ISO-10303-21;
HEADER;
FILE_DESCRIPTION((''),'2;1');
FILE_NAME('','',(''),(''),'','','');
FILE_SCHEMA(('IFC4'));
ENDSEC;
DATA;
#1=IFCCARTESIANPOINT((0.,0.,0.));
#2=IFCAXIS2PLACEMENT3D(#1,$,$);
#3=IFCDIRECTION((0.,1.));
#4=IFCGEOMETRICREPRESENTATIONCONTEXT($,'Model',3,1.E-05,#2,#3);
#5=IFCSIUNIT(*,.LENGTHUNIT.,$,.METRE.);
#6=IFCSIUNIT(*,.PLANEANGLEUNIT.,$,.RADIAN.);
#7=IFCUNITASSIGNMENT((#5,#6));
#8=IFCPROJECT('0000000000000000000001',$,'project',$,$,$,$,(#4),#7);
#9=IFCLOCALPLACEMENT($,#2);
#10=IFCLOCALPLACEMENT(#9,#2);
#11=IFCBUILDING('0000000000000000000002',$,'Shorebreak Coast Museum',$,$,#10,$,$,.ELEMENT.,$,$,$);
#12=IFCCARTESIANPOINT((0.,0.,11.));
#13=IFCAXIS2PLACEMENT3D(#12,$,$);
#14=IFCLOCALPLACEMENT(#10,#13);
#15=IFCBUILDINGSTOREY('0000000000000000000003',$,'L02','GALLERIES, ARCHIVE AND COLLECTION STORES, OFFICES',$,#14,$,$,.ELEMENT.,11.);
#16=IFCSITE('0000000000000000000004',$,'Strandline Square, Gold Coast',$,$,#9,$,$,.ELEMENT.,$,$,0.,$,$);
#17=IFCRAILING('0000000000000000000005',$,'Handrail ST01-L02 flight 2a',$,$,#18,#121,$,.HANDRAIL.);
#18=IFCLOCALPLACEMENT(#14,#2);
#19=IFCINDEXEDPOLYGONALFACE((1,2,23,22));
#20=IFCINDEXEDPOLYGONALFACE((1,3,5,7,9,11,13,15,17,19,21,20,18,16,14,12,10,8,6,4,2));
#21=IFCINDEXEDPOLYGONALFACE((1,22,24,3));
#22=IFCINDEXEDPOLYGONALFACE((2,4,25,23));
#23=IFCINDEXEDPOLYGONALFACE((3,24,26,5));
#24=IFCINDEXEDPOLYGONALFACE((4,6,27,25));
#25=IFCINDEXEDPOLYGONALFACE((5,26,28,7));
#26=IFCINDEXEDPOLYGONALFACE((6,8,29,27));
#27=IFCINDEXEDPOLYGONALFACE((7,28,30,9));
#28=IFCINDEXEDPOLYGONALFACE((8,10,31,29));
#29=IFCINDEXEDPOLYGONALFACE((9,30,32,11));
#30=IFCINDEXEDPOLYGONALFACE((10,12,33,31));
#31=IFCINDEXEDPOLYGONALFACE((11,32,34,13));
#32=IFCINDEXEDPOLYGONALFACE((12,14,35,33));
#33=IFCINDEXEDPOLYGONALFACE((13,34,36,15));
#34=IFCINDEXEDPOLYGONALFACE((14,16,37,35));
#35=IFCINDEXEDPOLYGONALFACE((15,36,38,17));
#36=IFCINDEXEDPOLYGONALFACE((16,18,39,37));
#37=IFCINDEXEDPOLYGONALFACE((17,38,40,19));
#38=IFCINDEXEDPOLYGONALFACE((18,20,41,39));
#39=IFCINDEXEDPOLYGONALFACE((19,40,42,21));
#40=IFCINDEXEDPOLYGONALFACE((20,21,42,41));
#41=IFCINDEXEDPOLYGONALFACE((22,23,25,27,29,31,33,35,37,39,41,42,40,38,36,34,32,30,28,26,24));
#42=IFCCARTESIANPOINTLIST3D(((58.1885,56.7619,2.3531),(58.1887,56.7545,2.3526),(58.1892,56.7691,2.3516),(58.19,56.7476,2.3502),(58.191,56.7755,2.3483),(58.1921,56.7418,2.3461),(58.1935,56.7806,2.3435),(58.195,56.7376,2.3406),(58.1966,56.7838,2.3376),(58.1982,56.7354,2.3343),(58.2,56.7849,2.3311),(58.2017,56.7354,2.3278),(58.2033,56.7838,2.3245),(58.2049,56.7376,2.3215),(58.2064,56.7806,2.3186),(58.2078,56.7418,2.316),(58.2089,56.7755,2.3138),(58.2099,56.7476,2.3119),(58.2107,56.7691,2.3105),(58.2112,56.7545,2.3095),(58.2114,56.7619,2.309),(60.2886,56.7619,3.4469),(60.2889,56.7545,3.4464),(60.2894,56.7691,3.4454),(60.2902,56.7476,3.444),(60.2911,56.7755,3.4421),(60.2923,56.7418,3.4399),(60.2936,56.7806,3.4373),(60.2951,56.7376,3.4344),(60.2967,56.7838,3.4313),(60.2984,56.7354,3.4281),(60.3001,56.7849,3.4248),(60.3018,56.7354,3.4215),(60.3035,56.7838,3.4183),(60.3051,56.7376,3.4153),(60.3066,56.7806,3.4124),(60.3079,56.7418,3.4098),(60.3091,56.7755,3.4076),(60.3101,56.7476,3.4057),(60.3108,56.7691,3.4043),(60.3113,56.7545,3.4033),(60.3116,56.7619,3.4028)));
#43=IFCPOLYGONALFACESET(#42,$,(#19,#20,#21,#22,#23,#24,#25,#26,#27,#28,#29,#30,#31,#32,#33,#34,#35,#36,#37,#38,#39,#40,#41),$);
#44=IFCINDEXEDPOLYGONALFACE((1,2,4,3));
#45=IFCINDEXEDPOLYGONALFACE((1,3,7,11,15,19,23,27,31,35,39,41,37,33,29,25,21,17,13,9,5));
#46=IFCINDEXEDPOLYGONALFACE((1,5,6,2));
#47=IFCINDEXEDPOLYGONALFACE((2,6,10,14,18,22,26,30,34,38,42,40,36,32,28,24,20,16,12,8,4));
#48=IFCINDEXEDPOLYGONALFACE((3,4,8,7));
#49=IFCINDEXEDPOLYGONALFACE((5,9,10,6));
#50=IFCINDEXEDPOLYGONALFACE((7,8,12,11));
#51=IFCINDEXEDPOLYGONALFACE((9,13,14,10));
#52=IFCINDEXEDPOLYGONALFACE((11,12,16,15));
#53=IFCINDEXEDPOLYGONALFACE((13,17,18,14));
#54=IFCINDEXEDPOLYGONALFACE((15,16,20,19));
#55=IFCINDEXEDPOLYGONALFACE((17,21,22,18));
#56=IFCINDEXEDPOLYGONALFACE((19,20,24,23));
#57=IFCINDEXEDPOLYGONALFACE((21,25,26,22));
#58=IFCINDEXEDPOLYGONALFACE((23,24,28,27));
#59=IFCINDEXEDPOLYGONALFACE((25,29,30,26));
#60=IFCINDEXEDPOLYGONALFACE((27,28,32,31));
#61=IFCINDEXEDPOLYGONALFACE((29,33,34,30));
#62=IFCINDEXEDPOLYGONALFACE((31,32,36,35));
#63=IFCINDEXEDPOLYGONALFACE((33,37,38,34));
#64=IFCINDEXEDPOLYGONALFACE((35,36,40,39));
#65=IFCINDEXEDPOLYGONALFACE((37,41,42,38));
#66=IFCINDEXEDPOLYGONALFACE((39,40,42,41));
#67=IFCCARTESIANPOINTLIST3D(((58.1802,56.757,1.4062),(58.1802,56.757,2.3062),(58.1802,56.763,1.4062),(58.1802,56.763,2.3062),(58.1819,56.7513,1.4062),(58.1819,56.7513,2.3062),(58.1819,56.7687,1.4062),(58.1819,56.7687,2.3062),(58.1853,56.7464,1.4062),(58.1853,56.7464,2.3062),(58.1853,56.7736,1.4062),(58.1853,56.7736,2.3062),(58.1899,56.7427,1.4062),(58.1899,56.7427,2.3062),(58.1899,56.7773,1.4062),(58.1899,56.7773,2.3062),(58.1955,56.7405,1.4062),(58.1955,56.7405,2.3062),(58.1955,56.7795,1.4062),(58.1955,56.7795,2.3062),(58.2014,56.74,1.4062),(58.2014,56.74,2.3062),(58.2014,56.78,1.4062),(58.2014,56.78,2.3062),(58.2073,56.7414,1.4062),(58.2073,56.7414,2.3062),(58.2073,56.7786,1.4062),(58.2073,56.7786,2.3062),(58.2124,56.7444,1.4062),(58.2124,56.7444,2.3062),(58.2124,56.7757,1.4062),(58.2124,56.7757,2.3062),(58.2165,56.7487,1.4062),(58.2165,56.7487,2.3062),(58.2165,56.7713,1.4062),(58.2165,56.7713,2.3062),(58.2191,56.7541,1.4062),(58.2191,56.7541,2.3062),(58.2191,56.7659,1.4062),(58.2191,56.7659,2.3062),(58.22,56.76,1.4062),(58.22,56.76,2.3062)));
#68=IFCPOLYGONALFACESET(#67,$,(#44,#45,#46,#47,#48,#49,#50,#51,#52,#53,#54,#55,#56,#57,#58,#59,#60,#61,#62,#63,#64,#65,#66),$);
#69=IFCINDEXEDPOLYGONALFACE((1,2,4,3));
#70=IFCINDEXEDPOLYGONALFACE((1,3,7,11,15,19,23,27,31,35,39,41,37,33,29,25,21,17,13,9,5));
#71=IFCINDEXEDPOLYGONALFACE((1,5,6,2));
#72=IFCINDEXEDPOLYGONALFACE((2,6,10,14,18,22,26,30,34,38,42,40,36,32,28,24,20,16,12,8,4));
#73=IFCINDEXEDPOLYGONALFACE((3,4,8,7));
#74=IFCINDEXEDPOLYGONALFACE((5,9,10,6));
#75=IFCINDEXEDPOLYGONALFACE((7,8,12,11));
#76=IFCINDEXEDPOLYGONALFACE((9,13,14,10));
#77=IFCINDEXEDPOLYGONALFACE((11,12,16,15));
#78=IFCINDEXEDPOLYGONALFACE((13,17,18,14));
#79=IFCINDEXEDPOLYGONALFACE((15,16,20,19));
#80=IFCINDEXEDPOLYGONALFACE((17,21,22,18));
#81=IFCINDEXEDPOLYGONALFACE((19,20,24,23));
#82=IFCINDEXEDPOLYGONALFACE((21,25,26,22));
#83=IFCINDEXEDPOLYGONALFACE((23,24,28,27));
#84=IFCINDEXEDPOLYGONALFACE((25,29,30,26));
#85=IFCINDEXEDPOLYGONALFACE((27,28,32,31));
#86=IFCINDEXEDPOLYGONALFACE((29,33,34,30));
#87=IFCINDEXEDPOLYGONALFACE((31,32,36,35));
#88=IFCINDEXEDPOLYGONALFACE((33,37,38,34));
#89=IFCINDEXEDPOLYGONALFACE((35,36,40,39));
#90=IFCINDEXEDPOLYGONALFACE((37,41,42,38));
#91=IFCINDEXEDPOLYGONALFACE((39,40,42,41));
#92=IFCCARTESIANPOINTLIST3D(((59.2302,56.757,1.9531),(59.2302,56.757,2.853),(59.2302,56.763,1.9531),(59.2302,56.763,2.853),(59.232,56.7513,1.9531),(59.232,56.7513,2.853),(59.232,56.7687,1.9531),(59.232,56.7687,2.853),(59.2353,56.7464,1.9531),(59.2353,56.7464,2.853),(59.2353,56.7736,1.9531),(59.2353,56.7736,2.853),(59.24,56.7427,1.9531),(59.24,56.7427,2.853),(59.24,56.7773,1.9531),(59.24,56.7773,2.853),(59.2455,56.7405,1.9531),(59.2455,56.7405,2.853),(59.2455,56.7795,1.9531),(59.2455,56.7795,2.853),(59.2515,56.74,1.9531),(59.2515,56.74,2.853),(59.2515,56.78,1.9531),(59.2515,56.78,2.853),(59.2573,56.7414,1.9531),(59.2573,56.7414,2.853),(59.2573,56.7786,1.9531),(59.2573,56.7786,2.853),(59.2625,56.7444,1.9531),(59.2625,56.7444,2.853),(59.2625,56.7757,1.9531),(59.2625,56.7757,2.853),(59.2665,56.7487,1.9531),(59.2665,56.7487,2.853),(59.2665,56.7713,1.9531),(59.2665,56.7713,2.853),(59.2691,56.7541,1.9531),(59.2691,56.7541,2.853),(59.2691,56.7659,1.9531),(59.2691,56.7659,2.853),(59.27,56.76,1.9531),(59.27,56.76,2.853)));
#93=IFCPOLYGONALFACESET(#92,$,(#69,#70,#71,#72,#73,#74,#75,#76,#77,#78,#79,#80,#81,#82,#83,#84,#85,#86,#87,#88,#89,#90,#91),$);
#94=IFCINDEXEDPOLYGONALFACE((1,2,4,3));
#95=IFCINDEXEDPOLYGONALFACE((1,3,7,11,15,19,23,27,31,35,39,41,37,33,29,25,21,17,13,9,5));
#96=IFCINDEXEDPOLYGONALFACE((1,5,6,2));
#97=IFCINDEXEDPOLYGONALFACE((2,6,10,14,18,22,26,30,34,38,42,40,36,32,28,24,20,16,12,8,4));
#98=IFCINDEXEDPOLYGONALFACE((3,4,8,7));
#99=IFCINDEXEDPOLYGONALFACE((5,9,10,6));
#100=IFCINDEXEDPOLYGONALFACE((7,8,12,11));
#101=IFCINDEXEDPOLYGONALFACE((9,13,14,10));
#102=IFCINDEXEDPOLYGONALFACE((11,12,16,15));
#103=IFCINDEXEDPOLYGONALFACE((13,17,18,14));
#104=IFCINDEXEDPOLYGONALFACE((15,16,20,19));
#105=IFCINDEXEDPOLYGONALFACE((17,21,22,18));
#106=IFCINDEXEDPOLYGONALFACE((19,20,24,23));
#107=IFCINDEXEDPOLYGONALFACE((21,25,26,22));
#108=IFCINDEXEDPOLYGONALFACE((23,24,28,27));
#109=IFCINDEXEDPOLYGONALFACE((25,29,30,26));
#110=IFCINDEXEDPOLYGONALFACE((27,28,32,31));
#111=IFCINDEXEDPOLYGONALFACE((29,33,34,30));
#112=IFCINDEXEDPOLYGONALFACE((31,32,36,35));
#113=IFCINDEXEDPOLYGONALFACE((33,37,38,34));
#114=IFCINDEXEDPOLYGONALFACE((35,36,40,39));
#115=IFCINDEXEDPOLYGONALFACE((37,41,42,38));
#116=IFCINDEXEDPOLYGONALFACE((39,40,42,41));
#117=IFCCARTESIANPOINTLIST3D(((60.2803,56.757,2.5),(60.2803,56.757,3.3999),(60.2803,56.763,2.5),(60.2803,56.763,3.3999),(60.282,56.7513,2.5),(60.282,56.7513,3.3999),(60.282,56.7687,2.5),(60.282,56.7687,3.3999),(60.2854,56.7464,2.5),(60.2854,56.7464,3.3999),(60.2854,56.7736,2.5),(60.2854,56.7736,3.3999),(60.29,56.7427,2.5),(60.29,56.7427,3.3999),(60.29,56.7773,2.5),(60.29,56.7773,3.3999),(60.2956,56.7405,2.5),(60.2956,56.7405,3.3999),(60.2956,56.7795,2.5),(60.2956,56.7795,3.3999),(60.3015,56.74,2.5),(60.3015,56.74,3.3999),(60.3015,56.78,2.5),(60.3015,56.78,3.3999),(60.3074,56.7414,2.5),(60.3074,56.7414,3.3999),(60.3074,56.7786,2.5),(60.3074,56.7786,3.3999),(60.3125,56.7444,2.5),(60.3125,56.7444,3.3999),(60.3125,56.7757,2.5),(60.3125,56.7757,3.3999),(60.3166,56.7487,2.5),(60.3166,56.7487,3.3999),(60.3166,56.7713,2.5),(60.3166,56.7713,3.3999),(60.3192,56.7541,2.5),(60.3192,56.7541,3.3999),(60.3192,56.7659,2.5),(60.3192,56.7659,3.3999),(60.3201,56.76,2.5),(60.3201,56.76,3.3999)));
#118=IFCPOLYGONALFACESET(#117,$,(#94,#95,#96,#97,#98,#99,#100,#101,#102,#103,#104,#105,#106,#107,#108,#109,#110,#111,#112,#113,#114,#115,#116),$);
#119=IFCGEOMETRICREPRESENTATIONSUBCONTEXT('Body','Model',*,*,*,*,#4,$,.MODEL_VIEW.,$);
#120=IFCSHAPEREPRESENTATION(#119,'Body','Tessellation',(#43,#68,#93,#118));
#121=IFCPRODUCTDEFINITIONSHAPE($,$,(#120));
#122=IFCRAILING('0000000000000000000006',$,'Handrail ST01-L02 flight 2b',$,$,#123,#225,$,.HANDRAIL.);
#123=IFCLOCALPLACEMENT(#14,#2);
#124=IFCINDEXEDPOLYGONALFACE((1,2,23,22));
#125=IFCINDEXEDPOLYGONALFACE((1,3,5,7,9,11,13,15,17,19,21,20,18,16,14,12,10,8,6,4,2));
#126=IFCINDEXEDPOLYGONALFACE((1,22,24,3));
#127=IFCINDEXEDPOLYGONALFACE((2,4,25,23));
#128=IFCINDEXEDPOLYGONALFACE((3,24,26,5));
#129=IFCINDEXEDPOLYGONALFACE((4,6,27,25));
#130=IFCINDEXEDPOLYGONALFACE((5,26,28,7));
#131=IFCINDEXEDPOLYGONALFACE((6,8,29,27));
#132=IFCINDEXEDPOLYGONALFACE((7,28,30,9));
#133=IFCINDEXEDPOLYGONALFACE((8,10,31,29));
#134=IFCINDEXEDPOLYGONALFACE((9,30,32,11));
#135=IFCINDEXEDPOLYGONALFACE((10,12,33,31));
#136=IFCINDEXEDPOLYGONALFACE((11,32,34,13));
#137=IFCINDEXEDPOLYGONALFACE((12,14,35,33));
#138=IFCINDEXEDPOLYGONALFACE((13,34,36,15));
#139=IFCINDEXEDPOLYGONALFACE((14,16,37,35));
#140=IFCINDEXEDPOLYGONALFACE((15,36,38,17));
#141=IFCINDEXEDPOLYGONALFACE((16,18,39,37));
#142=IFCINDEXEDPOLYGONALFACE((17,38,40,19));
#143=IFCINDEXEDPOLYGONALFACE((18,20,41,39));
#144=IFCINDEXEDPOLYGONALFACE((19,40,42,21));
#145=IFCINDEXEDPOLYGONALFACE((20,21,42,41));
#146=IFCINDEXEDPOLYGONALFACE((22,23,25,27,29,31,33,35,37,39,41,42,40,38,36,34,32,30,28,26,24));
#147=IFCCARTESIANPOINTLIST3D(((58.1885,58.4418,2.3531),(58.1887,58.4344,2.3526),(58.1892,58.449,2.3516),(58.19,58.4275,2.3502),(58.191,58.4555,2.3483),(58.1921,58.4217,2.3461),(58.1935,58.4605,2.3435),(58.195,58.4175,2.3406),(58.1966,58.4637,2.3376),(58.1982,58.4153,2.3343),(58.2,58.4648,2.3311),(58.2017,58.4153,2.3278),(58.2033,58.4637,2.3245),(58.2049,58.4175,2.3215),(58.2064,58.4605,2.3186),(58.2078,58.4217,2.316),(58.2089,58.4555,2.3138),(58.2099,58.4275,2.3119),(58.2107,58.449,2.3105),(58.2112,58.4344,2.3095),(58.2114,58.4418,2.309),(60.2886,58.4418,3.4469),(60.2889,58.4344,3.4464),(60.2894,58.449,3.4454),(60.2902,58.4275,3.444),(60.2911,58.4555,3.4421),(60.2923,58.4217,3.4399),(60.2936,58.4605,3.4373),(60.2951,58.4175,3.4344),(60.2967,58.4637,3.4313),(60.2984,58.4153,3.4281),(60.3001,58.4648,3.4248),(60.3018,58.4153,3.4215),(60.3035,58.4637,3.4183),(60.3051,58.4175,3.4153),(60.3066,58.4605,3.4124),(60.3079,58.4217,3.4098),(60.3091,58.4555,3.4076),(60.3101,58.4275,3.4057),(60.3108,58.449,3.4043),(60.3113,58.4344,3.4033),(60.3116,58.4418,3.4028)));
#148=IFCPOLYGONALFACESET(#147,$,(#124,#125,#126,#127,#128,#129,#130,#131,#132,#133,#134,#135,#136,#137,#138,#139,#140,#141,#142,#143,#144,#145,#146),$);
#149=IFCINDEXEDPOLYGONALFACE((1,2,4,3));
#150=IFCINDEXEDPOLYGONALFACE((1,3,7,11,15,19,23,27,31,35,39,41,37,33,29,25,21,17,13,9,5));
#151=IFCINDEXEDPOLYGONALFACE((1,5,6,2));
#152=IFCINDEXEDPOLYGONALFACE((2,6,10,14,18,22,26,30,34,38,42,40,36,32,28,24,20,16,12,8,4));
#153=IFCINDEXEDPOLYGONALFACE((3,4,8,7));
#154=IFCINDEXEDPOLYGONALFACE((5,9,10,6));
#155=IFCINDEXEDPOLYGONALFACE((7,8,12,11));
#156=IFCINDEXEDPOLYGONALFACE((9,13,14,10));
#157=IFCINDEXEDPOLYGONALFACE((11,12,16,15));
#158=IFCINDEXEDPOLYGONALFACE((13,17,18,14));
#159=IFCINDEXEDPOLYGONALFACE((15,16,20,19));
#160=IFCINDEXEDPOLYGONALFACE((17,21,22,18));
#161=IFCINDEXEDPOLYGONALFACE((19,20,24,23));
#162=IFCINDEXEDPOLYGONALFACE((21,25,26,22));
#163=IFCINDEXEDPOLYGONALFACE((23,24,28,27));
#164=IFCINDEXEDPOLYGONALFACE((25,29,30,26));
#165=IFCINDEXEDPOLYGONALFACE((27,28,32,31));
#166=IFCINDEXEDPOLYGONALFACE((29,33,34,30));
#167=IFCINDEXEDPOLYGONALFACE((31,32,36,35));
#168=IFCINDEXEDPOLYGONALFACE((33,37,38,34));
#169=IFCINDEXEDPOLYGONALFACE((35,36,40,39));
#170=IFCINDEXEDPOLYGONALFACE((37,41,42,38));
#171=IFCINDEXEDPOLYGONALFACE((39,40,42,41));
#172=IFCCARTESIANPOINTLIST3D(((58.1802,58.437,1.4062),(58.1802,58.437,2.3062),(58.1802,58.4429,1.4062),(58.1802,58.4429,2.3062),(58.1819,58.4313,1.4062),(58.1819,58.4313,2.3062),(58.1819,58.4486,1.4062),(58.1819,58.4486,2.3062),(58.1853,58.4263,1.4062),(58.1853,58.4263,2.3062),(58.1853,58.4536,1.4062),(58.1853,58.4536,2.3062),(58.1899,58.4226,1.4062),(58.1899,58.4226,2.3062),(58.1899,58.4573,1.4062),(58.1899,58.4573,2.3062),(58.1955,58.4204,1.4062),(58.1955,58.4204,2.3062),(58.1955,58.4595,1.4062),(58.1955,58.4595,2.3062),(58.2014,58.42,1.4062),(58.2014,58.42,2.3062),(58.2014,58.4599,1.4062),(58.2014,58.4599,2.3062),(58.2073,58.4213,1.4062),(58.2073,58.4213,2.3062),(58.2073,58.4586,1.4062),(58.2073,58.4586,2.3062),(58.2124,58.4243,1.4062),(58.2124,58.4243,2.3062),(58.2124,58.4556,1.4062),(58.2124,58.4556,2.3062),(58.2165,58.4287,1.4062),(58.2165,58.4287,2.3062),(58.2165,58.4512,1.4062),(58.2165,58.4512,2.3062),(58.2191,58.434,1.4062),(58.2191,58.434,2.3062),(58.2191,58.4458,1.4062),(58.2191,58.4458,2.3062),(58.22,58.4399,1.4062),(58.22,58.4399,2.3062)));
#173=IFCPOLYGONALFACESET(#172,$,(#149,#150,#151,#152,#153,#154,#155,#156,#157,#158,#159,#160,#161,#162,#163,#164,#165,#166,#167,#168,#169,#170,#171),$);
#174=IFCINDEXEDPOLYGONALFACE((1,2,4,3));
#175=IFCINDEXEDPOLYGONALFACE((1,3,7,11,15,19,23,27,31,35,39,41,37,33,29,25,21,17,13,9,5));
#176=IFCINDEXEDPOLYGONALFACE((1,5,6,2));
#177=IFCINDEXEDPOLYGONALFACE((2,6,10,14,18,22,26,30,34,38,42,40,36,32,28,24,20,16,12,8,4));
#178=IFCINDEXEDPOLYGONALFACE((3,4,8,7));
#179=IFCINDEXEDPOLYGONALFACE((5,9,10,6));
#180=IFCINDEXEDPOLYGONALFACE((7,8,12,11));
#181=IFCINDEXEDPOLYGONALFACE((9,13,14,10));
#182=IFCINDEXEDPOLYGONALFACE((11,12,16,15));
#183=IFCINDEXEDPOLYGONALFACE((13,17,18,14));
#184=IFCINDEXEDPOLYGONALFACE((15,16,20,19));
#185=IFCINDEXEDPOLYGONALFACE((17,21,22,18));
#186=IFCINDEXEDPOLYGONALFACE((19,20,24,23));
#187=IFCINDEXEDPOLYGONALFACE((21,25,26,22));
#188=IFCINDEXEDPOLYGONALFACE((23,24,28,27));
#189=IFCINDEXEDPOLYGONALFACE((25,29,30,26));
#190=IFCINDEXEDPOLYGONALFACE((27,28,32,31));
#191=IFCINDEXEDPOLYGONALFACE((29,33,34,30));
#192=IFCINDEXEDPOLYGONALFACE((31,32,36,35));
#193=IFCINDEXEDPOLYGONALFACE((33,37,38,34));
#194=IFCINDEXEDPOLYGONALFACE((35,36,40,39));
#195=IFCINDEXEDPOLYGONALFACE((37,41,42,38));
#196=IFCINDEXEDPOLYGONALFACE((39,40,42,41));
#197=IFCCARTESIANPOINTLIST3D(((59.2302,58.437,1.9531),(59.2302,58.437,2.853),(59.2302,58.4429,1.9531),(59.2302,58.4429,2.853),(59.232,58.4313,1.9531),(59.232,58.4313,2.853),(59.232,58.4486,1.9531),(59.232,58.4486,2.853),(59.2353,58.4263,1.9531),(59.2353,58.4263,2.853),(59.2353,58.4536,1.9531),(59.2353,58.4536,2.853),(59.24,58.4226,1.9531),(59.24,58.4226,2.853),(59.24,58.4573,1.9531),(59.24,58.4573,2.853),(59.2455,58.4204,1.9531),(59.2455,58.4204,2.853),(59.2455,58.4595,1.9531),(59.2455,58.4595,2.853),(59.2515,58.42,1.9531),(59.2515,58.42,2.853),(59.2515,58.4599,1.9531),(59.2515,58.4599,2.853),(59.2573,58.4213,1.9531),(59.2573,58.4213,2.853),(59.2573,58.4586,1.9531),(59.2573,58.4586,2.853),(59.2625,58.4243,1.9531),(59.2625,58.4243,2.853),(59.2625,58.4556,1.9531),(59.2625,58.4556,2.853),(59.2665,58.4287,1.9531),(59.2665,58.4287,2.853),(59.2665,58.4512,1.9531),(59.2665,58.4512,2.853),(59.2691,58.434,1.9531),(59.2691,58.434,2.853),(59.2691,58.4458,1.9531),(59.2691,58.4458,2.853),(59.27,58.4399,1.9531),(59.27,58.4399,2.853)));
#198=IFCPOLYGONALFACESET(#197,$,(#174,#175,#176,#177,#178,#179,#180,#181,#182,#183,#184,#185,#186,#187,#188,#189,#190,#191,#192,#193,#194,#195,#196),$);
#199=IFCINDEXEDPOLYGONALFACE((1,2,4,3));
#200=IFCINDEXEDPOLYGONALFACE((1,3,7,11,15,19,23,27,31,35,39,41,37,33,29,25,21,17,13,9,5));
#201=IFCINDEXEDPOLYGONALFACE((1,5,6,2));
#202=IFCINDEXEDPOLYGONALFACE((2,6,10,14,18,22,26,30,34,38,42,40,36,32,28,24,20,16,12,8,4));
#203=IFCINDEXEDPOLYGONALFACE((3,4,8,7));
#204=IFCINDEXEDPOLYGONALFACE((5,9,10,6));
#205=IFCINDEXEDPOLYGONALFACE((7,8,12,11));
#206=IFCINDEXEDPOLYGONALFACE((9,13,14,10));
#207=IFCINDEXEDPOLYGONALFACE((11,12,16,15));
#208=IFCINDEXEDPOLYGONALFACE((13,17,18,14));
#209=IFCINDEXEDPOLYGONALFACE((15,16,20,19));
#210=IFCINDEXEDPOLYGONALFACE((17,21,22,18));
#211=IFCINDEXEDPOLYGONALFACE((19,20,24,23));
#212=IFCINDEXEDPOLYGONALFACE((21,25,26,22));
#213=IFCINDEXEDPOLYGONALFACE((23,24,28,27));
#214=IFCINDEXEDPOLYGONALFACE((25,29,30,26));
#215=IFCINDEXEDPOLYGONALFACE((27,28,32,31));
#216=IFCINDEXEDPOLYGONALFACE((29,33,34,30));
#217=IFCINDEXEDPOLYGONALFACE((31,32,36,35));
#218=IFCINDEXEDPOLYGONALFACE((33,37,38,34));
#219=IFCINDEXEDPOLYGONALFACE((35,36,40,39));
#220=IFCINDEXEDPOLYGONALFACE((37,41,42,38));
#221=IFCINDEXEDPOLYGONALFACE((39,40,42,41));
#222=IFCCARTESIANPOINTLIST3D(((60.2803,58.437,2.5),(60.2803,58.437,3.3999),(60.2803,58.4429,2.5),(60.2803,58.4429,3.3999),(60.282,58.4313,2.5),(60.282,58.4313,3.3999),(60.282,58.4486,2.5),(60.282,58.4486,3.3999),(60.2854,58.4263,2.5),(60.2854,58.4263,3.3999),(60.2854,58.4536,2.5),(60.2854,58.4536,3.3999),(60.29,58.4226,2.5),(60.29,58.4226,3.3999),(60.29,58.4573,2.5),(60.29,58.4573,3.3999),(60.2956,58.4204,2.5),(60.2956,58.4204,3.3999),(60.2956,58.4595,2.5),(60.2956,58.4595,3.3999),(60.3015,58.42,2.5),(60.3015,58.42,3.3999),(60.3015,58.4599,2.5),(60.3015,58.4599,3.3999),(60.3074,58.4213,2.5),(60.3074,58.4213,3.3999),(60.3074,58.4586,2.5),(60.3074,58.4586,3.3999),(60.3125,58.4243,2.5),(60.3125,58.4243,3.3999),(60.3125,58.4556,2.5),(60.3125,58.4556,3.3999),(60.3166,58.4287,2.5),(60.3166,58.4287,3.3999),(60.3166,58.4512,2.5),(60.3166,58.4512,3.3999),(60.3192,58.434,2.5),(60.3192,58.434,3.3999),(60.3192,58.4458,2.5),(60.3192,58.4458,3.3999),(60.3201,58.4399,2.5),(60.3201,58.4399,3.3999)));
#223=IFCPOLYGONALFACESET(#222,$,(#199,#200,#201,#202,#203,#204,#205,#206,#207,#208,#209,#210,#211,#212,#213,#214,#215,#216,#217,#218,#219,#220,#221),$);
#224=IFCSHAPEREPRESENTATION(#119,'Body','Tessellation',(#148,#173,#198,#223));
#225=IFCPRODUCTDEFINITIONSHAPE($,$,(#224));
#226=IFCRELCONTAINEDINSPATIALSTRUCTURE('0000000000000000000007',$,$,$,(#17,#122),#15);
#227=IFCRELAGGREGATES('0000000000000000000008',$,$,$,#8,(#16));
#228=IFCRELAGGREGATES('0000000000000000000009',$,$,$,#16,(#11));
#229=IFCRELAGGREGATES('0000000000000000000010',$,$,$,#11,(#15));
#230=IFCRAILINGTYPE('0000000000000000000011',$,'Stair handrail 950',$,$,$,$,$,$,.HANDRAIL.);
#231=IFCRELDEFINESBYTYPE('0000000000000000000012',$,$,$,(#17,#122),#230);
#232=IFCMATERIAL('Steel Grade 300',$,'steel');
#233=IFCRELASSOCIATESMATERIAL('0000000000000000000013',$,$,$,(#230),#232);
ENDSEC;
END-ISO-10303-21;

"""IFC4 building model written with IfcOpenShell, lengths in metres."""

from ifc_helpers import new_model, si_unit, direction, frame, origin, origin_2d, place, context, subcontext, project, spatial, circle, extrude, material, type_object, element, save


model = new_model("IFC4")

# Units and contexts
model_context = context("Model", 3, precision=1e-05, world=origin(), true_north=direction((0.0, 1.0)))
body_context = subcontext(model_context, "Body", "Model", "MODEL_VIEW")
ifc_project = project(units=[si_unit("LENGTHUNIT", "METRE"), si_unit("PLANEANGLEUNIT", "RADIAN")], contexts=[model_context])

# Site, building, storey
site_placement = place(None, origin())
site = spatial("IfcSite", under=ifc_project, at=site_placement, Name="Strandline Square, Gold Coast", CompositionType="ELEMENT", RefElevation=0.0)
building_placement = place(site_placement, origin())
building = spatial("IfcBuilding", under=site, at=building_placement, Name="Shorebreak Coast Museum", CompositionType="ELEMENT")
storey_placement = place(building_placement, frame((0.0, 0.0, 11.0)))
storey = spatial("IfcBuildingStorey", under=building, at=storey_placement, Name="L02", Description="GALLERIES, ARCHIVE AND COLLECTION STORES, OFFICES", CompositionType="ELEMENT", Elevation=11.0)

# Railings
ifc_material_1 = material(Name="Steel Grade 300", Category="steel")
railing_type_1 = type_object("IfcRailingType", Name="Stair handrail 950", PredefinedType="HANDRAIL", material=ifc_material_1)
for number, where, name in (
    (1, (58.2, 56.76, 1.4062), "Handrail ST01-L02 flight 2a"),
    (2, (58.2, 58.4399, 1.4062), "Handrail ST01-L02 flight 2b"),
):
    element("IfcRailing", number, at=place(storey_placement, frame(where)), inside=storey, type_object=railing_type_1, Name=name, PredefinedType="HANDRAIL", context=body_context, shape_type="SweptSolid", body=[
        extrude(circle(Radius=0.0249, at=origin_2d()), frame((0.0, 0.0, 0.9248), z_axis=(0.886923, 0.0, 0.461918), x_axis=(0.0, 1.0, 0.0)), (0.0, 0.0, 1.0), 2.3679),
        extrude(circle(Radius=0.02, at=origin_2d()), origin(), (0.0, 0.0, 1.0), 0.8999),
        extrude(circle(Radius=0.02, at=origin_2d()), frame((1.05, 0.0, 0.5469)), (0.0, 0.0, 1.0), 0.8999),
        extrude(circle(Radius=0.02, at=origin_2d()), frame((2.1001, 0.0, 1.0938)), (0.0, 0.0, 1.0), 0.8999),
    ])

save(model, "model.ifc")
